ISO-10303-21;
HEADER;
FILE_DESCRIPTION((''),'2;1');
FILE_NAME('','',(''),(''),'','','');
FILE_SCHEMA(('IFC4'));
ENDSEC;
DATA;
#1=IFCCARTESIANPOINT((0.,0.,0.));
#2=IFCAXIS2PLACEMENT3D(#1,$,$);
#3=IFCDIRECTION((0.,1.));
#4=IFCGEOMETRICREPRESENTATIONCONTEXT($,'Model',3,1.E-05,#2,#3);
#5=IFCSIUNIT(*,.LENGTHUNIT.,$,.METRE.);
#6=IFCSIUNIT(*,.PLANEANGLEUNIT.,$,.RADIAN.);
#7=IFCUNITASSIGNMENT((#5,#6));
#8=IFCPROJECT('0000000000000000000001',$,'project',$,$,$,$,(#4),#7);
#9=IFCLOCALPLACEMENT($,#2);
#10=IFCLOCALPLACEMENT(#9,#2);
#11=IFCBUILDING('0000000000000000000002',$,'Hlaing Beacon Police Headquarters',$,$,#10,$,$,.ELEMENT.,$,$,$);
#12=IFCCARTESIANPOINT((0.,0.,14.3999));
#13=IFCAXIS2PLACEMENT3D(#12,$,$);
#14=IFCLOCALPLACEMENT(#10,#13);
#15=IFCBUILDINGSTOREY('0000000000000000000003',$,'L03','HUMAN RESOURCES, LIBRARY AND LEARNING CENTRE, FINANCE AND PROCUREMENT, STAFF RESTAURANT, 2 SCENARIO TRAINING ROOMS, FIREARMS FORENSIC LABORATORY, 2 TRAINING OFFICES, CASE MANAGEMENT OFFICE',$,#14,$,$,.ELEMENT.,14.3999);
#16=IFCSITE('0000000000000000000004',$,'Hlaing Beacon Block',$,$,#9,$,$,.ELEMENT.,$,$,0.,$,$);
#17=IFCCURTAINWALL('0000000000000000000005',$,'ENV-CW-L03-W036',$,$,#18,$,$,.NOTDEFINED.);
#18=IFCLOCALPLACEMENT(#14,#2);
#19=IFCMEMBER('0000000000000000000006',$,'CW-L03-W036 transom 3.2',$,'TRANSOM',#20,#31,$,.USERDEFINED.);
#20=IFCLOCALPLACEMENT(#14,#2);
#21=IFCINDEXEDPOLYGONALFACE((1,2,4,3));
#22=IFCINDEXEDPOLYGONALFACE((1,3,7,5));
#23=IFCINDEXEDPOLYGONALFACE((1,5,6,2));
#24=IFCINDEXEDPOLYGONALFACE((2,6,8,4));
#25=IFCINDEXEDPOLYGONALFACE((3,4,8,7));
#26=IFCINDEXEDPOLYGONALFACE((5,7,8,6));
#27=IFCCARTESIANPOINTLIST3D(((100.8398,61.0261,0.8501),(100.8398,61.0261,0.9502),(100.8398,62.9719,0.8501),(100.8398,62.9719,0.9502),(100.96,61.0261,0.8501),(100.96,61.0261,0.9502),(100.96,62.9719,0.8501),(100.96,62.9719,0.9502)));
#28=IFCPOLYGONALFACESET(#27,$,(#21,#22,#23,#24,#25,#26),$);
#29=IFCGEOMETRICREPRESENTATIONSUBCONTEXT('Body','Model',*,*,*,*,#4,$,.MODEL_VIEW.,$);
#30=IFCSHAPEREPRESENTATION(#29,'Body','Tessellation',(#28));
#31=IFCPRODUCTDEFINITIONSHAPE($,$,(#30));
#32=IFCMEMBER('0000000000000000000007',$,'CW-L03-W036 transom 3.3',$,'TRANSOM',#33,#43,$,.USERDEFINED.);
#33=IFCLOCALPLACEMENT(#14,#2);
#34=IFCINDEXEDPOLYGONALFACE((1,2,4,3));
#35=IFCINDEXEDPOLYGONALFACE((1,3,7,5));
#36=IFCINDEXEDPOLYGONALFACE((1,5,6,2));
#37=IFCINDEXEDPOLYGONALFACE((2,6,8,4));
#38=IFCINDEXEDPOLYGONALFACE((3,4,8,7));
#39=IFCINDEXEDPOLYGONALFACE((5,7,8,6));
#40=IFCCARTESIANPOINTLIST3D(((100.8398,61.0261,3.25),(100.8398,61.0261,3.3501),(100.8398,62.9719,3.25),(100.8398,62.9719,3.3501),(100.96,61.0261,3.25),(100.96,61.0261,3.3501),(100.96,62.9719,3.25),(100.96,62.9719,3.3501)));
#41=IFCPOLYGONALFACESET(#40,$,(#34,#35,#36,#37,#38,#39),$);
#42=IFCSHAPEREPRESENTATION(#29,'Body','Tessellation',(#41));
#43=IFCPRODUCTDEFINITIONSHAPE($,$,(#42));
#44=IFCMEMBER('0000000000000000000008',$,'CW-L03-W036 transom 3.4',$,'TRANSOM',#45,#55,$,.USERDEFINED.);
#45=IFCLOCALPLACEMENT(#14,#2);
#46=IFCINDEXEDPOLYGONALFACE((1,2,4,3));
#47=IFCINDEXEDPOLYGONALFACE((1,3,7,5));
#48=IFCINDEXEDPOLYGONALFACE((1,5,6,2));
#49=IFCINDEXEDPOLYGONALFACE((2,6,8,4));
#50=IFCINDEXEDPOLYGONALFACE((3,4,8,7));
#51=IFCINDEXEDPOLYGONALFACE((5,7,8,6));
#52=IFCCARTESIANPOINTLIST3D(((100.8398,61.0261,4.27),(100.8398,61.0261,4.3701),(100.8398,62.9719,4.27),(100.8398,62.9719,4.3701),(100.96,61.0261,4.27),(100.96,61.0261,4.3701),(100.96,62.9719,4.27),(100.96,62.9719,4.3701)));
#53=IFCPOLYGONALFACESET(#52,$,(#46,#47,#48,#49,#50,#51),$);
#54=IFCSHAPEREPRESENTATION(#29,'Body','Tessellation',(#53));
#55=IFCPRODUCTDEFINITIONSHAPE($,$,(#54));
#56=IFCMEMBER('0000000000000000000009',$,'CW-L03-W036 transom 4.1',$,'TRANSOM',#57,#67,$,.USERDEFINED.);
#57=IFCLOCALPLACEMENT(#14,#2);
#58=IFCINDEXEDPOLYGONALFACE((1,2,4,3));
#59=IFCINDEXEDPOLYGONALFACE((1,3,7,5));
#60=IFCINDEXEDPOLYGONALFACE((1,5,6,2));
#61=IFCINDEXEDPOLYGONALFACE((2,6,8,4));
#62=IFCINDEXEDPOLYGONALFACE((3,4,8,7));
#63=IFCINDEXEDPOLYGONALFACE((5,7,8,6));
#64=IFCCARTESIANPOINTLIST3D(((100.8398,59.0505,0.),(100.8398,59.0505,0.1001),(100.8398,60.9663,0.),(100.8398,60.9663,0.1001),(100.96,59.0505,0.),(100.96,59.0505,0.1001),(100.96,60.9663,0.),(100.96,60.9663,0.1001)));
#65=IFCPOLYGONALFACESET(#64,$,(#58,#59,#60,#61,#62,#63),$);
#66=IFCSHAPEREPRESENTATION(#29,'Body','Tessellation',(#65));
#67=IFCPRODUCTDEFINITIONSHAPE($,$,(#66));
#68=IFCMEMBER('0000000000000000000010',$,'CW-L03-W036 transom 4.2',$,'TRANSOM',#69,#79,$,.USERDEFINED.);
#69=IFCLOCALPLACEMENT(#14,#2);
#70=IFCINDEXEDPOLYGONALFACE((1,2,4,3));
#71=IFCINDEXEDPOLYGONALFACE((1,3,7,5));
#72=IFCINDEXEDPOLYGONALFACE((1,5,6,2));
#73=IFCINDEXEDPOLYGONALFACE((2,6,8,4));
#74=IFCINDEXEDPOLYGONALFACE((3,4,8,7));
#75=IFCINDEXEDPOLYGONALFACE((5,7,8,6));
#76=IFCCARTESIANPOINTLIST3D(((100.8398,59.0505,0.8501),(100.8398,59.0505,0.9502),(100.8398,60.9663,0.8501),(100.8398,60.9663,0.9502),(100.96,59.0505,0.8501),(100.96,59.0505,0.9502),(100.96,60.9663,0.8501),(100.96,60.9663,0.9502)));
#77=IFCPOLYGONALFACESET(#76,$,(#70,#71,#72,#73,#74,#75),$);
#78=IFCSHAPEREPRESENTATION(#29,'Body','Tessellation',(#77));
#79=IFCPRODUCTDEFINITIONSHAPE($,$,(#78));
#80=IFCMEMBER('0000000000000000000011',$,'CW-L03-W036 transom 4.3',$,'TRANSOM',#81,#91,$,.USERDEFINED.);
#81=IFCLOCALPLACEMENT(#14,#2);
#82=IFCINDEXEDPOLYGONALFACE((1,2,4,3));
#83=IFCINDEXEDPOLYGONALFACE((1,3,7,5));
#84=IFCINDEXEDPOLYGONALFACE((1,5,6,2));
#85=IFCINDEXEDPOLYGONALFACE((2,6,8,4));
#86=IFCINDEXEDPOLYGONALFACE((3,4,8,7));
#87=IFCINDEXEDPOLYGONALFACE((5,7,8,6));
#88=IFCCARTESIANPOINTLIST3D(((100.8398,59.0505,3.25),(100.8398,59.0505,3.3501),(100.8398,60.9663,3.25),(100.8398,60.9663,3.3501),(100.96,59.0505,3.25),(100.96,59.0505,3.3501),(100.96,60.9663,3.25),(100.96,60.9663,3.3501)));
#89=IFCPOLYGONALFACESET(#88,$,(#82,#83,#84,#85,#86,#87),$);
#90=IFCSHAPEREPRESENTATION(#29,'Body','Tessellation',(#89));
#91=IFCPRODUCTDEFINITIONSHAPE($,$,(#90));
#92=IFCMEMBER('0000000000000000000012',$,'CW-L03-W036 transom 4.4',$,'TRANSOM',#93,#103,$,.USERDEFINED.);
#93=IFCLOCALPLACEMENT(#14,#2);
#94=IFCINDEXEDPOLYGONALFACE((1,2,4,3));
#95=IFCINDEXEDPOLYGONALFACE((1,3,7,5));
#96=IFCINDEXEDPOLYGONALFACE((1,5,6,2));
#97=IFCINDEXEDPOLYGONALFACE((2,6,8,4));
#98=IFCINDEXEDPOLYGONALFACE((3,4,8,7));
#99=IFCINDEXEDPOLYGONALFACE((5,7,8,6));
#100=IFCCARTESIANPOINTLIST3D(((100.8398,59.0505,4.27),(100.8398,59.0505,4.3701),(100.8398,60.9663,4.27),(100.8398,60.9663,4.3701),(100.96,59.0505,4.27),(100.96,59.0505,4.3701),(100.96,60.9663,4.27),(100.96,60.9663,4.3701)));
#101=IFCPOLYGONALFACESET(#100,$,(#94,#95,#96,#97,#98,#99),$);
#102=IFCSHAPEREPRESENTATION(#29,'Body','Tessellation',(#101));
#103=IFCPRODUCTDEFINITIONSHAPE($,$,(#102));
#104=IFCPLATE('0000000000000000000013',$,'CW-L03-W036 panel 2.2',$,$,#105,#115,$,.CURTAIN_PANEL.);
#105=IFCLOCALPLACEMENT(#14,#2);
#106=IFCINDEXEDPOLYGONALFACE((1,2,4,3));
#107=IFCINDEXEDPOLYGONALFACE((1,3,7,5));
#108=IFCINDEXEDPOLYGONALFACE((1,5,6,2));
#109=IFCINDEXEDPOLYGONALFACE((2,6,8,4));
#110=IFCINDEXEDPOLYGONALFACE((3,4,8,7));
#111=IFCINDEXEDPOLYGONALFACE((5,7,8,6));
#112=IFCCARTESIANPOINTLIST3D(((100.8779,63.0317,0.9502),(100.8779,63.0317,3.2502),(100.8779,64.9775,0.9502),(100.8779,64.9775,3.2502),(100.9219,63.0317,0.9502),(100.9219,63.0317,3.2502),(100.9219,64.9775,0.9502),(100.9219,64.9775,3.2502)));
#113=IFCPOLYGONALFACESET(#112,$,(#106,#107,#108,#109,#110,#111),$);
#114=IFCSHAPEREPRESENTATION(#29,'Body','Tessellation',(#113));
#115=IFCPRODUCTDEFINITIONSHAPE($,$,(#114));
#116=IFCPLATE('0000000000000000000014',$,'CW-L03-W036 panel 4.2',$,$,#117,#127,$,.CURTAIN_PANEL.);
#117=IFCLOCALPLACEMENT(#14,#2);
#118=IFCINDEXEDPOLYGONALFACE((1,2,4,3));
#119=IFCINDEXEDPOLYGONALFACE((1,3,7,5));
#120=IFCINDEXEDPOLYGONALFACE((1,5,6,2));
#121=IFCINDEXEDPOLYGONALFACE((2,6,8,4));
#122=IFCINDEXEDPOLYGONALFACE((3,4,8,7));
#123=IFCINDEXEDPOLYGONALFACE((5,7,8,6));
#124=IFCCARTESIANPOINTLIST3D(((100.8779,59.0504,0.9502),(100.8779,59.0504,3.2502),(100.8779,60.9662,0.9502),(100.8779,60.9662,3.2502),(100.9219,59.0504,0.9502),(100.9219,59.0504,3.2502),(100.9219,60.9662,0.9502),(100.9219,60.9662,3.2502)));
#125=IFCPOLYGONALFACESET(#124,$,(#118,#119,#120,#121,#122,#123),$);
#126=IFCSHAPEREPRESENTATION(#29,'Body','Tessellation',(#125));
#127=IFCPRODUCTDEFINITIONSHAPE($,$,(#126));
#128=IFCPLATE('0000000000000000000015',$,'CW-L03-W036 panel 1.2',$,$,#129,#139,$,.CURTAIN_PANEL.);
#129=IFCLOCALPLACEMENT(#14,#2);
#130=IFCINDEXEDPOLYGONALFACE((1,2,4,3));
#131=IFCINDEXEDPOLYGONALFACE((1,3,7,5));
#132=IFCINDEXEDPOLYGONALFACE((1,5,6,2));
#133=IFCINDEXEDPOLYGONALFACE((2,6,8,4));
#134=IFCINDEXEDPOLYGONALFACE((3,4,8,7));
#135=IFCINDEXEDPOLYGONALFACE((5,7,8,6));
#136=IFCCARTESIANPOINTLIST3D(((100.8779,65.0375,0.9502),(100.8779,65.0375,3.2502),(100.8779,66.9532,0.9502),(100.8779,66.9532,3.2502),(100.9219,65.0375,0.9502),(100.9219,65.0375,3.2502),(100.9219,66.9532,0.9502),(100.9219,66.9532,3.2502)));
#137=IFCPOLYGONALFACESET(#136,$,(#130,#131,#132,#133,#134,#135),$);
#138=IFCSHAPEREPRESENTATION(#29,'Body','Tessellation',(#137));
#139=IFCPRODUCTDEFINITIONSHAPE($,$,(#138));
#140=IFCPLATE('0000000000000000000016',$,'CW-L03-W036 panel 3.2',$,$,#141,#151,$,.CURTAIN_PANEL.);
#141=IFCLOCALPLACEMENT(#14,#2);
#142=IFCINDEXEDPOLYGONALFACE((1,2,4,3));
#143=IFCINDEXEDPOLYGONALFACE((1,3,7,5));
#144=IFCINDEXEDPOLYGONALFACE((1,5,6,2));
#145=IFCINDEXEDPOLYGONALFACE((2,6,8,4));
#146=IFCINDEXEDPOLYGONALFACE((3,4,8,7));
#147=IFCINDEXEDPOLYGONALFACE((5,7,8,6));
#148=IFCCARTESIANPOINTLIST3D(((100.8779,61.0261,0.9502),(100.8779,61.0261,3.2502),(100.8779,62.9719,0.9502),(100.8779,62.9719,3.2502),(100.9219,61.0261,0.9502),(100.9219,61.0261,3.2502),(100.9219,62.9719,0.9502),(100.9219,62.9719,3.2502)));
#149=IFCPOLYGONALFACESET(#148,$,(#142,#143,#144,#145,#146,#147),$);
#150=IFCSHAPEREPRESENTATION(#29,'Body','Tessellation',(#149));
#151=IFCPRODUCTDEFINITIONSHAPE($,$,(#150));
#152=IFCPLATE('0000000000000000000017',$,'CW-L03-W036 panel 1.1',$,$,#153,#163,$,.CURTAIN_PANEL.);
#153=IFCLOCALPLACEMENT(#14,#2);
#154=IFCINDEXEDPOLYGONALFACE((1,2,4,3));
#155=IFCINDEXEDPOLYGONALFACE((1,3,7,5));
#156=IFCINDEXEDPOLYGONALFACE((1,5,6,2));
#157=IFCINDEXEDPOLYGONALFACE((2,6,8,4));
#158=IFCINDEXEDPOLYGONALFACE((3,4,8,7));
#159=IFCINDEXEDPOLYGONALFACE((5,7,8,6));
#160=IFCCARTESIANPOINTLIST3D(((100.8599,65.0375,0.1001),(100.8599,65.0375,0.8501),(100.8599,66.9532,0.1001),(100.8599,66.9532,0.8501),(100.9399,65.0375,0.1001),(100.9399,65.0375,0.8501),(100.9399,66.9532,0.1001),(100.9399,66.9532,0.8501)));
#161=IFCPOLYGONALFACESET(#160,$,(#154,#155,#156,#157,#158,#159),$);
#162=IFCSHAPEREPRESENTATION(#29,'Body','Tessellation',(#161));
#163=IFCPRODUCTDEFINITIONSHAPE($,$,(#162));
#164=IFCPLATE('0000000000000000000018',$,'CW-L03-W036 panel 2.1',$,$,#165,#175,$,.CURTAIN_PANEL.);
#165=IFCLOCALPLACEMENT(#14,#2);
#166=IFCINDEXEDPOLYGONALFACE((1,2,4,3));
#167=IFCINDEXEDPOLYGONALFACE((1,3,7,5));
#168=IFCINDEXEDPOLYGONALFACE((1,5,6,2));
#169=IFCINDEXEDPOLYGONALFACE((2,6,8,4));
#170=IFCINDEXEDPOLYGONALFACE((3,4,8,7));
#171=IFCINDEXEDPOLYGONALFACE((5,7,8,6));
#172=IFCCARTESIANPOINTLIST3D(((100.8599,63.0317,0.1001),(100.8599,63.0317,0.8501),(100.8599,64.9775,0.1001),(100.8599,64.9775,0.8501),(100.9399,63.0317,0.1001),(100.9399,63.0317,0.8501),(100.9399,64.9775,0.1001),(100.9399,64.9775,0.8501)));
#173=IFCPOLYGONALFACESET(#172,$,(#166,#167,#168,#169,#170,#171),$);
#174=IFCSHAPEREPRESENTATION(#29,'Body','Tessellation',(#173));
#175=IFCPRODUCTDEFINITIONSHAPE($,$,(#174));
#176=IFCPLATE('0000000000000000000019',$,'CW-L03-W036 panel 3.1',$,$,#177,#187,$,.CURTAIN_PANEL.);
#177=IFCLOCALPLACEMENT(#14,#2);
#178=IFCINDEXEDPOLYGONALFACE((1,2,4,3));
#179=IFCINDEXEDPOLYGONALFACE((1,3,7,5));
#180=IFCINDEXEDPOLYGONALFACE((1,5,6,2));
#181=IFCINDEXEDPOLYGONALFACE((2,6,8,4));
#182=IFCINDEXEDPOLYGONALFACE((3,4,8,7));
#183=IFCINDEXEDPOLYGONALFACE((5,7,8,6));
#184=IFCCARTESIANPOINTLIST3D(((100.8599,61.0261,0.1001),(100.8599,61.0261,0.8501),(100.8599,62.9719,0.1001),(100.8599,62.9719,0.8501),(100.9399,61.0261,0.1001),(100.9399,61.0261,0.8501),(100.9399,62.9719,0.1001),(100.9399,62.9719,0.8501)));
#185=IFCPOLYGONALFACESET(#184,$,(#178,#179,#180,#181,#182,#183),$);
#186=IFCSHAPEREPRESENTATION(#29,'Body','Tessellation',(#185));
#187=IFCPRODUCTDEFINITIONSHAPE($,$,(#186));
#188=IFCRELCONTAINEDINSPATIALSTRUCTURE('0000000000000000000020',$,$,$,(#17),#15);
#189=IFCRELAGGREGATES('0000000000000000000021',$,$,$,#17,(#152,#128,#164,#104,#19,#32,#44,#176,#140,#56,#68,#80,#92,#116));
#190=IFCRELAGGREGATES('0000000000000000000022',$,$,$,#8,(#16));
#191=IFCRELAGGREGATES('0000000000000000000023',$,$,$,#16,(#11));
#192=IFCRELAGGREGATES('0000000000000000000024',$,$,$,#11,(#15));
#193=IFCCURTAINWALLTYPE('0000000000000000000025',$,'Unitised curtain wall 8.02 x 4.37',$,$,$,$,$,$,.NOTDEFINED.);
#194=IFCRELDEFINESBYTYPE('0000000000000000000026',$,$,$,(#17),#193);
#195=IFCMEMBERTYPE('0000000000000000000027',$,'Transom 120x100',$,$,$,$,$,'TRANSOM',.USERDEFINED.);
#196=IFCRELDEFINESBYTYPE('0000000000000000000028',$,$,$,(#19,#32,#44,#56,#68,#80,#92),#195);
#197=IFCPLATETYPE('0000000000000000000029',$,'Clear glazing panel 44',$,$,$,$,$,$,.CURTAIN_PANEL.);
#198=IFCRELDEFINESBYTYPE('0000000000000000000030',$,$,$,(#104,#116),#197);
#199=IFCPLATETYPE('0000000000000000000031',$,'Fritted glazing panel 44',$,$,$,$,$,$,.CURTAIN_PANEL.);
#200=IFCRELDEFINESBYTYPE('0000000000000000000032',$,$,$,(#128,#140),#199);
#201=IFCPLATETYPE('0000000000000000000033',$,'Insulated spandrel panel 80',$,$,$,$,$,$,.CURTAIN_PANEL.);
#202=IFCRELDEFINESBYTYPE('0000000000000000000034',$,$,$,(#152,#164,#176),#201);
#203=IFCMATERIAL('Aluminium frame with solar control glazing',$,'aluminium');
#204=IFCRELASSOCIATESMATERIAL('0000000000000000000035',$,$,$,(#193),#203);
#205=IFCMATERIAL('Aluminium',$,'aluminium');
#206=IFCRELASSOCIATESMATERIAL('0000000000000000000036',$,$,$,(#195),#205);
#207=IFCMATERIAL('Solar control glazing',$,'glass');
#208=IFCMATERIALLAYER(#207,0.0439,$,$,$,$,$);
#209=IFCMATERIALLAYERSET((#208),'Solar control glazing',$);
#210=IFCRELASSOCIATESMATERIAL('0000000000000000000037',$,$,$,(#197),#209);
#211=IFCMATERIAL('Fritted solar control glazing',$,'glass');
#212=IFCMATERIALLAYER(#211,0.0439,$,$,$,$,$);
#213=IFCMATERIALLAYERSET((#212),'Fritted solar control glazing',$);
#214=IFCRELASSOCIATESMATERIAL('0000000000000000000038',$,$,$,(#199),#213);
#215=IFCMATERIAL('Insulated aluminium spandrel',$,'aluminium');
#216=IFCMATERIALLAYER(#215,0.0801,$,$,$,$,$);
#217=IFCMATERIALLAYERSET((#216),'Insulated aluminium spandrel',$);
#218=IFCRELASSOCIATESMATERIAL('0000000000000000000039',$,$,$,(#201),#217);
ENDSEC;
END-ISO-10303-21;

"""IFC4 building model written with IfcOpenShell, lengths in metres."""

from ifc_helpers import new_model, si_unit, direction, frame, origin, origin_2d, place, context, subcontext, project, spatial, rectangle, extrude, material, layer, layer_set, material_profile, profile_set, type_object, element, aggregate, save


model = new_model("IFC4")

# Units and contexts
model_context = context("Model", 3, precision=1e-05, world=origin(), true_north=direction((0.0, 1.0)))
body_context = subcontext(model_context, "Body", "Model", "MODEL_VIEW")
ifc_project = project(units=[si_unit("LENGTHUNIT", "METRE"), si_unit("PLANEANGLEUNIT", "RADIAN")], contexts=[model_context])

# Site, building, storey
site_placement = place(None, origin())
site = spatial("IfcSite", under=ifc_project, at=site_placement, Name="Hlaing Beacon Block", CompositionType="ELEMENT", RefElevation=0.0)
building_placement = place(site_placement, origin())
building = spatial("IfcBuilding", under=site, at=building_placement, Name="Hlaing Beacon Police Headquarters", CompositionType="ELEMENT")
storey_placement = place(building_placement, frame((0.0, 0.0, 14.3999)))
storey = spatial("IfcBuildingStorey", under=building, at=storey_placement, Name="L03", Description="HUMAN RESOURCES, LIBRARY AND LEARNING CENTRE, FINANCE AND PROCUREMENT, STAFF RESTAURANT, 2 SCENARIO TRAINING ROOMS, FIREARMS FORENSIC LABORATORY, 2 TRAINING OFFICES, CASE MANAGEMENT OFFICE", CompositionType="ELEMENT", Elevation=14.3999)

# Curtain wall
ifc_material_1 = material(Name="Aluminium frame with solar control glazing", Category="aluminium")
curtain_wall_type = type_object("IfcCurtainWallType", Name="Unitised curtain wall 8.02 x 4.37", PredefinedType="NOTDEFINED", material=ifc_material_1)
curtain_wall_placement = place(storey_placement, origin())
curtain_wall = element("IfcCurtainWall", 1, at=curtain_wall_placement, inside=storey, type_object=curtain_wall_type, Name="ENV-CW-L03-W036", PredefinedType="NOTDEFINED")

# Members
ifc_material_2 = material(Name="Aluminium", Category="aluminium")
ifc_material_profile_1 = material_profile(ifc_material_2, rectangle(XDim=0.1201, YDim=0.1001, at=origin_2d()), Name="Transom 120x100")
ifc_profile_set_1 = profile_set([ifc_material_profile_1], Name="Aluminium")
member_type_1 = type_object("IfcMemberType", Name="Transom 120x100", ElementType="TRANSOM", PredefinedType="USERDEFINED", material=ifc_profile_set_1)
member_1_placement = place(storey_placement, frame((100.8999, 62.9719, 0.9001), z_axis=(0.0, -1.0, 0.0), x_axis=(1.0, 0.0, 0.0)))
member_1 = element("IfcMember", 2, at=member_1_placement, type_object=member_type_1, Name="CW-L03-W036 transom 3.2", ObjectType="TRANSOM", PredefinedType="USERDEFINED", context=body_context, shape_type="SweptSolid", body=[
    extrude(rectangle(XDim=0.1201, YDim=0.1001, at=origin_2d()), origin(), (0.0, 0.0, 1.0), 1.9458),
])
member_2_placement = place(storey_placement, frame((100.8999, 62.9719, 3.3), z_axis=(0.0, -1.0, 0.0), x_axis=(1.0, 0.0, 0.0)))
member_2 = element("IfcMember", 3, at=member_2_placement, type_object=member_type_1, Name="CW-L03-W036 transom 3.3", ObjectType="TRANSOM", PredefinedType="USERDEFINED", context=body_context, shape_type="SweptSolid", body=[
    extrude(rectangle(XDim=0.1201, YDim=0.1001, at=origin_2d()), origin(), (0.0, 0.0, 1.0), 1.9458),
])
member_3_placement = place(storey_placement, frame((100.8999, 62.9719, 4.3201), z_axis=(0.0, -1.0, 0.0), x_axis=(1.0, 0.0, 0.0)))
member_3 = element("IfcMember", 4, at=member_3_placement, type_object=member_type_1, Name="CW-L03-W036 transom 3.4", ObjectType="TRANSOM", PredefinedType="USERDEFINED", context=body_context, shape_type="SweptSolid", body=[
    extrude(rectangle(XDim=0.1201, YDim=0.1001, at=origin_2d()), origin(), (0.0, 0.0, 1.0), 1.9458),
])
member_4_placement = place(storey_placement, frame((100.8999, 60.9663, 0.05), z_axis=(0.0, -1.0, 0.0), x_axis=(1.0, 0.0, 0.0)))
member_4 = element("IfcMember", 5, at=member_4_placement, type_object=member_type_1, Name="CW-L03-W036 transom 4.1", ObjectType="TRANSOM", PredefinedType="USERDEFINED", context=body_context, shape_type="SweptSolid", body=[
    extrude(rectangle(XDim=0.1201, YDim=0.1001, at=origin_2d()), origin(), (0.0, 0.0, 1.0), 1.9158),
])
member_5_placement = place(storey_placement, frame((100.8999, 60.9663, 0.9001), z_axis=(0.0, -1.0, 0.0), x_axis=(1.0, 0.0, 0.0)))
member_5 = element("IfcMember", 6, at=member_5_placement, type_object=member_type_1, Name="CW-L03-W036 transom 4.2", ObjectType="TRANSOM", PredefinedType="USERDEFINED", context=body_context, shape_type="SweptSolid", body=[
    extrude(rectangle(XDim=0.1201, YDim=0.1001, at=origin_2d()), origin(), (0.0, 0.0, 1.0), 1.9158),
])
member_6_placement = place(storey_placement, frame((100.8999, 60.9663, 3.3), z_axis=(0.0, -1.0, 0.0), x_axis=(1.0, 0.0, 0.0)))
member_6 = element("IfcMember", 7, at=member_6_placement, type_object=member_type_1, Name="CW-L03-W036 transom 4.3", ObjectType="TRANSOM", PredefinedType="USERDEFINED", context=body_context, shape_type="SweptSolid", body=[
    extrude(rectangle(XDim=0.1201, YDim=0.1001, at=origin_2d()), origin(), (0.0, 0.0, 1.0), 1.9158),
])
member_7_placement = place(storey_placement, frame((100.8999, 60.9663, 4.3201), z_axis=(0.0, -1.0, 0.0), x_axis=(1.0, 0.0, 0.0)))
member_7 = element("IfcMember", 8, at=member_7_placement, type_object=member_type_1, Name="CW-L03-W036 transom 4.4", ObjectType="TRANSOM", PredefinedType="USERDEFINED", context=body_context, shape_type="SweptSolid", body=[
    extrude(rectangle(XDim=0.1201, YDim=0.1001, at=origin_2d()), origin(), (0.0, 0.0, 1.0), 1.9158),
])

# Plates
ifc_material_3 = material(Name="Solar control glazing", Category="glass")
ifc_layer_1 = layer(ifc_material_3, 0.0439)
ifc_layer_set_1 = layer_set([ifc_layer_1], Name="Solar control glazing")
plate_type_1 = type_object("IfcPlateType", Name="Clear glazing panel 44", PredefinedType="CURTAIN_PANEL", material=ifc_layer_set_1)
plate_1_placement = place(storey_placement, frame((100.8999, 64.0046, 0.9502), z_axis=(0.0, 0.0, 1.0), x_axis=(0.0, -1.0, 0.0)))
plate_1 = element("IfcPlate", 9, at=plate_1_placement, type_object=plate_type_1, Name="CW-L03-W036 panel 2.2", PredefinedType="CURTAIN_PANEL", context=body_context, shape_type="SweptSolid", body=[
    extrude(rectangle(XDim=1.9458, YDim=0.0439, at=origin_2d()), origin(), (0.0, 0.0, 1.0), 2.3),
])
plate_2_placement = place(storey_placement, frame((100.8999, 60.0083, 0.9502), z_axis=(0.0, 0.0, 1.0), x_axis=(0.0, -1.0, 0.0)))
plate_2 = element("IfcPlate", 10, at=plate_2_placement, type_object=plate_type_1, Name="CW-L03-W036 panel 4.2", PredefinedType="CURTAIN_PANEL", context=body_context, shape_type="SweptSolid", body=[
    extrude(rectangle(XDim=1.9158, YDim=0.0439, at=origin_2d()), origin(), (0.0, 0.0, 1.0), 2.3),
])
ifc_material_4 = material(Name="Fritted solar control glazing", Category="glass")
ifc_layer_2 = layer(ifc_material_4, 0.0439)
ifc_layer_set_2 = layer_set([ifc_layer_2], Name="Fritted solar control glazing")
plate_type_2 = type_object("IfcPlateType", Name="Fritted glazing panel 44", PredefinedType="CURTAIN_PANEL", material=ifc_layer_set_2)
plate_3_placement = place(storey_placement, frame((100.8999, 65.9954, 0.9502), z_axis=(0.0, 0.0, 1.0), x_axis=(0.0, -1.0, 0.0)))
plate_3 = element("IfcPlate", 11, at=plate_3_placement, type_object=plate_type_2, Name="CW-L03-W036 panel 1.2", PredefinedType="CURTAIN_PANEL", context=body_context, shape_type="SweptSolid", body=[
    extrude(rectangle(XDim=1.9158, YDim=0.0439, at=origin_2d()), origin(), (0.0, 0.0, 1.0), 2.3),
])
plate_4_placement = place(storey_placement, frame((100.8999, 61.999, 0.9502), z_axis=(0.0, 0.0, 1.0), x_axis=(0.0, -1.0, 0.0)))
plate_4 = element("IfcPlate", 12, at=plate_4_placement, type_object=plate_type_2, Name="CW-L03-W036 panel 3.2", PredefinedType="CURTAIN_PANEL", context=body_context, shape_type="SweptSolid", body=[
    extrude(rectangle(XDim=1.9458, YDim=0.0439, at=origin_2d()), origin(), (0.0, 0.0, 1.0), 2.3),
])
ifc_material_5 = material(Name="Insulated aluminium spandrel", Category="aluminium")
ifc_layer_3 = layer(ifc_material_5, 0.0801)
ifc_layer_set_3 = layer_set([ifc_layer_3], Name="Insulated aluminium spandrel")
plate_type_3 = type_object("IfcPlateType", Name="Insulated spandrel panel 80", PredefinedType="CURTAIN_PANEL", material=ifc_layer_set_3)
plate_5_placement = place(storey_placement, frame((100.8999, 65.9954, 0.1001), z_axis=(0.0, 0.0, 1.0), x_axis=(0.0, -1.0, 0.0)))
plate_5 = element("IfcPlate", 13, at=plate_5_placement, type_object=plate_type_3, Name="CW-L03-W036 panel 1.1", PredefinedType="CURTAIN_PANEL", context=body_context, shape_type="SweptSolid", body=[
    extrude(rectangle(XDim=1.9158, YDim=0.0801, at=origin_2d()), origin(), (0.0, 0.0, 1.0), 0.75),
])
plate_6_placement = place(storey_placement, frame((100.8999, 64.0046, 0.1001), z_axis=(0.0, 0.0, 1.0), x_axis=(0.0, -1.0, 0.0)))
plate_6 = element("IfcPlate", 14, at=plate_6_placement, type_object=plate_type_3, Name="CW-L03-W036 panel 2.1", PredefinedType="CURTAIN_PANEL", context=body_context, shape_type="SweptSolid", body=[
    extrude(rectangle(XDim=1.9458, YDim=0.0801, at=origin_2d()), origin(), (0.0, 0.0, 1.0), 0.75),
])
plate_7_placement = place(storey_placement, frame((100.8999, 61.999, 0.1001), z_axis=(0.0, 0.0, 1.0), x_axis=(0.0, -1.0, 0.0)))
plate_7 = element("IfcPlate", 15, at=plate_7_placement, type_object=plate_type_3, Name="CW-L03-W036 panel 3.1", PredefinedType="CURTAIN_PANEL", context=body_context, shape_type="SweptSolid", body=[
    extrude(rectangle(XDim=1.9458, YDim=0.0801, at=origin_2d()), origin(), (0.0, 0.0, 1.0), 0.75),
])
aggregate(curtain_wall, [plate_5, plate_3, plate_6, plate_1, member_1, member_2, member_3, plate_7, plate_4, member_4, member_5, member_6, member_7, plate_2])

save(model, "model.ifc")
